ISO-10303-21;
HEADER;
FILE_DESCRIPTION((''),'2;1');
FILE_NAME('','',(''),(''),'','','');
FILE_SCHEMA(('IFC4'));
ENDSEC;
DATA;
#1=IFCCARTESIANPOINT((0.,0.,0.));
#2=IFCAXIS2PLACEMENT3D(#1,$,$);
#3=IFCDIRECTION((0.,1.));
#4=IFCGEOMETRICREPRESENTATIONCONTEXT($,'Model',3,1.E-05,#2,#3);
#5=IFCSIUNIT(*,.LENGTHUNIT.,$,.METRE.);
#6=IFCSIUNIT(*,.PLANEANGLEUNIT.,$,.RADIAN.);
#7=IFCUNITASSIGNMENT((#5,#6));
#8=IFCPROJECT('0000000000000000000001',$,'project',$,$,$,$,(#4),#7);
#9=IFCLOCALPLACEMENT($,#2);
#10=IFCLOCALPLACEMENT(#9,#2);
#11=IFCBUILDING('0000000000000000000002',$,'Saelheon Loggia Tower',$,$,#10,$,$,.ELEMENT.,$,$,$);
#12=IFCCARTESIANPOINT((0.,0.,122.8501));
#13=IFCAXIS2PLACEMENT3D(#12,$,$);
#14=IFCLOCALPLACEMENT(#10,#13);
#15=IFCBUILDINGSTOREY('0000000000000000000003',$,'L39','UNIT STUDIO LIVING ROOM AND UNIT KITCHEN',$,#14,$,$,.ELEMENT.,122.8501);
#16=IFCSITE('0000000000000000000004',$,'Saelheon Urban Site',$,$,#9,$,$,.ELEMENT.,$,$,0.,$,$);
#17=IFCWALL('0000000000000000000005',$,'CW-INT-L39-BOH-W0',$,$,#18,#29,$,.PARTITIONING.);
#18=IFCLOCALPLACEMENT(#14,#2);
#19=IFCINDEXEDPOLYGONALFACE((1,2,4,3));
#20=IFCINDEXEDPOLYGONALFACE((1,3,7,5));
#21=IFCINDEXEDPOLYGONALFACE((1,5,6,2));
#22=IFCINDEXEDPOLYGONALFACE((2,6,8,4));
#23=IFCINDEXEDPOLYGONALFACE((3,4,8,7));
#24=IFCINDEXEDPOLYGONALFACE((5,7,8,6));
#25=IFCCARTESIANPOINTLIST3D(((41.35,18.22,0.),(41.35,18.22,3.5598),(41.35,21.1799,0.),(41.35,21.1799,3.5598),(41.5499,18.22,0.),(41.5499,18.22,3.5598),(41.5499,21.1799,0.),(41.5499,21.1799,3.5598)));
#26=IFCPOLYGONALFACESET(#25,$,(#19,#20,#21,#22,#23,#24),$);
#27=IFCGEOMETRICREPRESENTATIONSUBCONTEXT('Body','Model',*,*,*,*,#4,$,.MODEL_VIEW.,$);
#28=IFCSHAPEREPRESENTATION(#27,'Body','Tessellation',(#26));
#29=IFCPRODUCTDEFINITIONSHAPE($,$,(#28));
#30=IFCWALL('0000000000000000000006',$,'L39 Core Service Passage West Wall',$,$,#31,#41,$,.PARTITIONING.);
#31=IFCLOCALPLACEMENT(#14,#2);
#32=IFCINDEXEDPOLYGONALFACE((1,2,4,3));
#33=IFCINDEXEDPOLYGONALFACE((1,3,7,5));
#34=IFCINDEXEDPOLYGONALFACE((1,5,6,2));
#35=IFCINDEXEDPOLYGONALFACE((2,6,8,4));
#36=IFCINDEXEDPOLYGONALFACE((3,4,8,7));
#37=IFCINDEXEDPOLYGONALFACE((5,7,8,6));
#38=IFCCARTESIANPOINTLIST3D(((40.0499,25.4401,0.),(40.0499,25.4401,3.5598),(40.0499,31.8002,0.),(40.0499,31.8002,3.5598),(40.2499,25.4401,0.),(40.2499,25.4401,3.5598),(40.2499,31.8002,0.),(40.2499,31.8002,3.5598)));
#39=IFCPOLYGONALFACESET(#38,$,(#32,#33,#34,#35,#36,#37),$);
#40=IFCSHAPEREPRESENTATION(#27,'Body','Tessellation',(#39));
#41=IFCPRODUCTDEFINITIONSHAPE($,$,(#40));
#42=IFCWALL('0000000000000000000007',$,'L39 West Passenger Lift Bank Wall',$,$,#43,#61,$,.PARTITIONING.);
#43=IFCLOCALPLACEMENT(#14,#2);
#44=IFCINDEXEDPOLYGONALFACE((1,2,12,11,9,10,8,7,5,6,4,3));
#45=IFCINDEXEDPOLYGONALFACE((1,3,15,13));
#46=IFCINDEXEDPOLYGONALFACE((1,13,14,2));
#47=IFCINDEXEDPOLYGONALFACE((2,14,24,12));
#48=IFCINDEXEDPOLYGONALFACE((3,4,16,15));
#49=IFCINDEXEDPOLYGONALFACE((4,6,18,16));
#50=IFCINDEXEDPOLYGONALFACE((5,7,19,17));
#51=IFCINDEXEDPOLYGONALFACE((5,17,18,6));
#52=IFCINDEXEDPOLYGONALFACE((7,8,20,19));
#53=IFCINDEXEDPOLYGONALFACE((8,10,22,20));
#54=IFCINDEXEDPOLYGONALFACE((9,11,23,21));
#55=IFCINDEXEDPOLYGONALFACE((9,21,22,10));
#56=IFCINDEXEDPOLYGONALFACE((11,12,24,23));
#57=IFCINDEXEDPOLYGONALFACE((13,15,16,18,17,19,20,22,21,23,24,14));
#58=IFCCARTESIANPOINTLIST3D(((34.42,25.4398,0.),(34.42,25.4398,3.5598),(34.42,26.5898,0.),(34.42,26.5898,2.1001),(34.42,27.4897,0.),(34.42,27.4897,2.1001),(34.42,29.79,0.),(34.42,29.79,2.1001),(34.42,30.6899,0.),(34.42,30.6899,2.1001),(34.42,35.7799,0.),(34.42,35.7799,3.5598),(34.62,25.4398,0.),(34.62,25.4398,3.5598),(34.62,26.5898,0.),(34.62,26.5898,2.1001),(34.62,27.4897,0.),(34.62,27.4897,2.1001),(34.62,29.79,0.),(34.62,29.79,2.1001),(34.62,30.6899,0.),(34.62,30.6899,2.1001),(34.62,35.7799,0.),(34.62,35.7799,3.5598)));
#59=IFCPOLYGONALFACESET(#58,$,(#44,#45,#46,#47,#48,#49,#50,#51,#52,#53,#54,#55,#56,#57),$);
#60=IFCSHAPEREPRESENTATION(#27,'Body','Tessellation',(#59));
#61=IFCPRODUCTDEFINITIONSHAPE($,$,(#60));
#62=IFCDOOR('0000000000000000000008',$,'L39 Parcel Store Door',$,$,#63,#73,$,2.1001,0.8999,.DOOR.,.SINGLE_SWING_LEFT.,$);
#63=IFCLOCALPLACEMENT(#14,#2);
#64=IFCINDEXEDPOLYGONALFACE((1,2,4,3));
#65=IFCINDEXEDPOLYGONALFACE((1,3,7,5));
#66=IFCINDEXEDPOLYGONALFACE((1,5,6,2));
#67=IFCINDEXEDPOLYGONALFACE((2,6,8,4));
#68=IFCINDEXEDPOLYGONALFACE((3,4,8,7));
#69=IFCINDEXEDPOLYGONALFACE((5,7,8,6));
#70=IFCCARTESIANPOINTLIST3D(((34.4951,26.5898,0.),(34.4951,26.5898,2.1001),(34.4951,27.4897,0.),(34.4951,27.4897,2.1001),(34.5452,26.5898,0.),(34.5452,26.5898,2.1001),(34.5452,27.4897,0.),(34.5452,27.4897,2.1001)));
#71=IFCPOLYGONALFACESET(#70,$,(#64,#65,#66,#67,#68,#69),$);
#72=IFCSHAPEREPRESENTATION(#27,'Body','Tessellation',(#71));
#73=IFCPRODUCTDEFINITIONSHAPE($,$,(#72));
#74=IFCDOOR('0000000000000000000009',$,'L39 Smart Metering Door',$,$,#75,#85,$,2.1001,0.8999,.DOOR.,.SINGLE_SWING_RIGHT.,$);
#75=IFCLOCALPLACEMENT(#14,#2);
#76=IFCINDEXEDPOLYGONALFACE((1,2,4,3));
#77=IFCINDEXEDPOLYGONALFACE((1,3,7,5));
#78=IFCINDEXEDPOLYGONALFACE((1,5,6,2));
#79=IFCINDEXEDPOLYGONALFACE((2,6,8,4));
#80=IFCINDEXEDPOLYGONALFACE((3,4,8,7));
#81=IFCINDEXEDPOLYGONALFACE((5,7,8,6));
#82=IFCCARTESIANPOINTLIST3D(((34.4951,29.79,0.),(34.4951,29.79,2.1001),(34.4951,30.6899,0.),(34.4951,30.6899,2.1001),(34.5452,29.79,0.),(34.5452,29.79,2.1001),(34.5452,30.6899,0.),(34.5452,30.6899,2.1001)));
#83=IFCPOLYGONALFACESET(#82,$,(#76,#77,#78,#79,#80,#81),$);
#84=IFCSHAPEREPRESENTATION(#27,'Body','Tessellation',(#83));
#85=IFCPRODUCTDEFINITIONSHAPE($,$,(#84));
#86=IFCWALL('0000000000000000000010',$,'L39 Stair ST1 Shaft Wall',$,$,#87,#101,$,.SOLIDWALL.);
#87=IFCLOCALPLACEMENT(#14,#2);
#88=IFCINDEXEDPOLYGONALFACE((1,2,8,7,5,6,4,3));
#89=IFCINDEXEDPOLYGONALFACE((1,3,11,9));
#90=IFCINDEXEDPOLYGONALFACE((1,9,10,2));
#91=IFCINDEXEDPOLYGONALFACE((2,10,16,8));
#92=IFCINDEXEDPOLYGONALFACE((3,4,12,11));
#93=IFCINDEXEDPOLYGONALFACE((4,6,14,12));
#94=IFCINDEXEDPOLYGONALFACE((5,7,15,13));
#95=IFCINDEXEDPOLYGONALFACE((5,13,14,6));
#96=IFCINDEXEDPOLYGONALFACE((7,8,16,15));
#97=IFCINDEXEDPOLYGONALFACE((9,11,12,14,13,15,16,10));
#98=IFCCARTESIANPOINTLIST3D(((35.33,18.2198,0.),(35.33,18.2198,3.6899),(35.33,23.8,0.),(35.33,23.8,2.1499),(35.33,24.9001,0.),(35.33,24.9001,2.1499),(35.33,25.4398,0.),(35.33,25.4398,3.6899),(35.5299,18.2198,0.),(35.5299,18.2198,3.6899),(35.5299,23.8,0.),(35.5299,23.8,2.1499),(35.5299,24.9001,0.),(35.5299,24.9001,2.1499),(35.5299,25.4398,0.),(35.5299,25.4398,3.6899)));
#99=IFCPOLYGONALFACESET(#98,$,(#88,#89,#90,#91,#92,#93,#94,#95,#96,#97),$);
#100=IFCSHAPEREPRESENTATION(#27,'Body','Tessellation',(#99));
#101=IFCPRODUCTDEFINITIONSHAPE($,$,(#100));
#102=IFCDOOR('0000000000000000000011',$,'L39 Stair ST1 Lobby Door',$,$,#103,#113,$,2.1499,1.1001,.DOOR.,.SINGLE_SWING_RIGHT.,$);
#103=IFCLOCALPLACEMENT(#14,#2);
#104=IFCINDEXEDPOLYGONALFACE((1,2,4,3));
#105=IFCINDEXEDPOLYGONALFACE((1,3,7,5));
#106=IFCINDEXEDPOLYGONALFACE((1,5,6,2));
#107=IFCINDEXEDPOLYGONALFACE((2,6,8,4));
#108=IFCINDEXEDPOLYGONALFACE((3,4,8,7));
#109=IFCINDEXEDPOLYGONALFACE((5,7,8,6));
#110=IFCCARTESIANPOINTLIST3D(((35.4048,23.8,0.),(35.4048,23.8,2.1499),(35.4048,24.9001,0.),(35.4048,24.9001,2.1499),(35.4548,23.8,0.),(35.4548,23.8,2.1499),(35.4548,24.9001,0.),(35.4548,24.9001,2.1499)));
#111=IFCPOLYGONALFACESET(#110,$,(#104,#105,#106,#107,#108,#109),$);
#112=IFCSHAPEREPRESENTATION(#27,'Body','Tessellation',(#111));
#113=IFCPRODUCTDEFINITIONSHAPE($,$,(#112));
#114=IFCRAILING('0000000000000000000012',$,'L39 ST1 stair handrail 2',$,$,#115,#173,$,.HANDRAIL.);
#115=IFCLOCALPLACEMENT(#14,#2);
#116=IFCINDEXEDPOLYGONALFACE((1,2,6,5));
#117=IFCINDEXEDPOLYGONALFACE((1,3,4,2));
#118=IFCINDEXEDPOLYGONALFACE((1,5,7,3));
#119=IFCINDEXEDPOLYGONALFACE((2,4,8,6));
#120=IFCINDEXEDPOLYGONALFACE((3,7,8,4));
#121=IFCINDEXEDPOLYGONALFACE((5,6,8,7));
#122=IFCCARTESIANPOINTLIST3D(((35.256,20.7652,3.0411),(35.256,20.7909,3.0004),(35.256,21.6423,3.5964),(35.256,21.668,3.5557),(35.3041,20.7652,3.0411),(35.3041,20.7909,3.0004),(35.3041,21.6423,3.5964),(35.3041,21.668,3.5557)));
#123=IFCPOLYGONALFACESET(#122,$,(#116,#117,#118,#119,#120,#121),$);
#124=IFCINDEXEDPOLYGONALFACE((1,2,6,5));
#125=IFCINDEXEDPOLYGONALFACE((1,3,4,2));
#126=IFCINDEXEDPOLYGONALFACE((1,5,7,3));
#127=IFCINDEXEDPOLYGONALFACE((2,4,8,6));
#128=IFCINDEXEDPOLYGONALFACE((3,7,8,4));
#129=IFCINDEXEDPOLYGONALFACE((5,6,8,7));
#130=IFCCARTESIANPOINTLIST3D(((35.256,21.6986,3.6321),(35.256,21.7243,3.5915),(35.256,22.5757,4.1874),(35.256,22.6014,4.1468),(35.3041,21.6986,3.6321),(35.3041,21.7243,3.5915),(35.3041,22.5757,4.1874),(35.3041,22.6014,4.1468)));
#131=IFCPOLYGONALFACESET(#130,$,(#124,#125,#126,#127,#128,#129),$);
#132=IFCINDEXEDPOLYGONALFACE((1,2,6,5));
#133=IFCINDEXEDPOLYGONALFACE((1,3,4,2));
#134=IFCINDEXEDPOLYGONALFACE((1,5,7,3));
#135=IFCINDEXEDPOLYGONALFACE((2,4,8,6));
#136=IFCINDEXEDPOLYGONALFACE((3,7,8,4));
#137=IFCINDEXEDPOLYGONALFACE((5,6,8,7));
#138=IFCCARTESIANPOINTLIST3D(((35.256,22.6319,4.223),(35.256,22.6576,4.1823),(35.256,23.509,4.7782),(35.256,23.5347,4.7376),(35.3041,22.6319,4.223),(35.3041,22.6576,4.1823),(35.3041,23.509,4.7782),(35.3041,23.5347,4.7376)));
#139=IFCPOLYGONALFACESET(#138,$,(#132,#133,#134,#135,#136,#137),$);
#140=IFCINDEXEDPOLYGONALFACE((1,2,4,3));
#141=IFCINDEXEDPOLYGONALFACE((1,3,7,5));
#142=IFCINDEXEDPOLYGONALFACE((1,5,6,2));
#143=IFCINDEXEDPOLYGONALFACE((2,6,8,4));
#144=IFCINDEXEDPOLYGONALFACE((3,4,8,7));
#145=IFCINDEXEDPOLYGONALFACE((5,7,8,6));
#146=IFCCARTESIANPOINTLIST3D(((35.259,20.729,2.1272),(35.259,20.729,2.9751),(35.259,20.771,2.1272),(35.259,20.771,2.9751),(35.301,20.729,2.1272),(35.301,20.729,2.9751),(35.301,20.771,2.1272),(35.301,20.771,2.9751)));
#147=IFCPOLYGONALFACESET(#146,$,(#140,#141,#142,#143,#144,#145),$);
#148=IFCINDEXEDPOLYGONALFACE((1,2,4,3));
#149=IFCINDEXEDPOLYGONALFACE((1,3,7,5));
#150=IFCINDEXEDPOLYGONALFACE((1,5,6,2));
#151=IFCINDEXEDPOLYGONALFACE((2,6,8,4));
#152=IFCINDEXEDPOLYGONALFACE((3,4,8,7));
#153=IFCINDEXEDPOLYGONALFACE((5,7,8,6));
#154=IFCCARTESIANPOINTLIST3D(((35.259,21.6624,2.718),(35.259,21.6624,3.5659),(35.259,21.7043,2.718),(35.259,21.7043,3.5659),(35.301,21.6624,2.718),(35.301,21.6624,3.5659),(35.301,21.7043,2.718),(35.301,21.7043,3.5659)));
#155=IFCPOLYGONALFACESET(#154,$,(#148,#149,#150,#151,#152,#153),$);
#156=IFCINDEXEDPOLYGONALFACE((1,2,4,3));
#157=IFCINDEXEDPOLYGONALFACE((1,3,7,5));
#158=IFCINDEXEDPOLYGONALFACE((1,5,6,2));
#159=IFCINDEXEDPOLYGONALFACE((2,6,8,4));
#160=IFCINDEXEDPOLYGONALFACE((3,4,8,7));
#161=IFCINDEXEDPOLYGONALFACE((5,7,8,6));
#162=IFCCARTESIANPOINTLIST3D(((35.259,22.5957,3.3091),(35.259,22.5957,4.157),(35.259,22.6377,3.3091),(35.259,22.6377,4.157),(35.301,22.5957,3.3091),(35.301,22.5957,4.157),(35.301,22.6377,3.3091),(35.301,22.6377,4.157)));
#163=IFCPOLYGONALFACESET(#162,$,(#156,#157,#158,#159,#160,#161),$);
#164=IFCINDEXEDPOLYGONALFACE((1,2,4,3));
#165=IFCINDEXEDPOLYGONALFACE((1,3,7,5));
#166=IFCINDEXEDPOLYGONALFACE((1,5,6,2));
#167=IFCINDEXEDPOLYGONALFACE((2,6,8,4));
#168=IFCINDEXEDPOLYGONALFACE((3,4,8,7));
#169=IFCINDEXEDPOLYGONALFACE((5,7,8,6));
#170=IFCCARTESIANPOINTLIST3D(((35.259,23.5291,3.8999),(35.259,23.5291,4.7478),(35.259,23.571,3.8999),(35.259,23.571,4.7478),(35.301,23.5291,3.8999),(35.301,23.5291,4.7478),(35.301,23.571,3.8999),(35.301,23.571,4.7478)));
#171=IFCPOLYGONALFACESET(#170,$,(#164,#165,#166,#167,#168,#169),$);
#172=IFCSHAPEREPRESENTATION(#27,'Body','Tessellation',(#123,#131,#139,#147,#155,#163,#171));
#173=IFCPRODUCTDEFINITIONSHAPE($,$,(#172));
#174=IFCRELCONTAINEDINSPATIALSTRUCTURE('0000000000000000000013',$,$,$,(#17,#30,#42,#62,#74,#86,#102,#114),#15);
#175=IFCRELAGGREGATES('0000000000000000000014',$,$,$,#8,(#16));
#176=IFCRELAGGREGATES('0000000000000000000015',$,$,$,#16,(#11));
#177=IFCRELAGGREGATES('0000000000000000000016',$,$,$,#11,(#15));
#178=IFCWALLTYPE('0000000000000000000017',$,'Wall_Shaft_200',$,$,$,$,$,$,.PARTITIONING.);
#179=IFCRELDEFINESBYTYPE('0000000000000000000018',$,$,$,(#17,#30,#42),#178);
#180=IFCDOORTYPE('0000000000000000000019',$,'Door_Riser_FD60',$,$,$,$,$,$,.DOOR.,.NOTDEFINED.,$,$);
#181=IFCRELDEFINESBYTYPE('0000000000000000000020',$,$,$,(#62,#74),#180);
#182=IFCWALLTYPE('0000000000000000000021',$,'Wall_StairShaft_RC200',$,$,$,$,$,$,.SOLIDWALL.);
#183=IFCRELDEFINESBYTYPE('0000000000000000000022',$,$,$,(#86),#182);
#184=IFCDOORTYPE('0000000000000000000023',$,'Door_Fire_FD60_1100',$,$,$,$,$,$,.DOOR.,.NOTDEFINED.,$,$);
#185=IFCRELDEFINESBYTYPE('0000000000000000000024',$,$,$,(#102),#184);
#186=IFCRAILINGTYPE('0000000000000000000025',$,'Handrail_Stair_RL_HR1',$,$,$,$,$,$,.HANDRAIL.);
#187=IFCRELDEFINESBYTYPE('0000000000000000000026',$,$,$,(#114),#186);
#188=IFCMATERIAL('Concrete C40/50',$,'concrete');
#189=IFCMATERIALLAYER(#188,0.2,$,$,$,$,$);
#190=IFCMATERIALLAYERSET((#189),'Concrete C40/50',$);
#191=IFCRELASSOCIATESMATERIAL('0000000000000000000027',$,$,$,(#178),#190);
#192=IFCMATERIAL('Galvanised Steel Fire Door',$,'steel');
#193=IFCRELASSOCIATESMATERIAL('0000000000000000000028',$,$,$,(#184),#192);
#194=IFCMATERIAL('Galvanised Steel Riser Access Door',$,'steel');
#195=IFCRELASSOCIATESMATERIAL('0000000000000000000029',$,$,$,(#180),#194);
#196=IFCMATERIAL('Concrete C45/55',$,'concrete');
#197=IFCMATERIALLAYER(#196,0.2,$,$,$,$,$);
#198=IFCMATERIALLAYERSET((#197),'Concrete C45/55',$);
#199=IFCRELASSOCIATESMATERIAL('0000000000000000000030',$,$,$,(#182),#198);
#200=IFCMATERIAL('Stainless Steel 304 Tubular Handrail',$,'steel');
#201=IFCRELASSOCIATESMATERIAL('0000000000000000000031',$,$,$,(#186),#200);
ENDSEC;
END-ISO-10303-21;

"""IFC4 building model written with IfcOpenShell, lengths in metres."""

from ifc_helpers import new_model, si_unit, direction, frame, frame_2d, origin, origin_2d, place, context, subcontext, project, spatial, rectangle, extrude, source, transform, mapped, material, layer, layer_set, type_object, element, fill, save


model = new_model("IFC4")

# Units and contexts
model_context = context("Model", 3, precision=1e-05, world=origin(), true_north=direction((0.0, 1.0)))
body_context = subcontext(model_context, "Body", "Model", "MODEL_VIEW")
ifc_project = project(units=[si_unit("LENGTHUNIT", "METRE"), si_unit("PLANEANGLEUNIT", "RADIAN")], contexts=[model_context])

# Site, building, storey
site_placement = place(None, origin())
site = spatial("IfcSite", under=ifc_project, at=site_placement, Name="Saelheon Urban Site", CompositionType="ELEMENT", RefElevation=0.0)
building_placement = place(site_placement, origin())
building = spatial("IfcBuilding", under=site, at=building_placement, Name="Saelheon Loggia Tower", CompositionType="ELEMENT")
storey_placement = place(building_placement, frame((0.0, 0.0, 122.8501)))
storey = spatial("IfcBuildingStorey", under=building, at=storey_placement, Name="L39", Description="UNIT STUDIO LIVING ROOM AND UNIT KITCHEN", CompositionType="ELEMENT", Elevation=122.8501)

# Walls
ifc_material_1 = material(Name="Concrete C40/50", Category="concrete")
ifc_layer_1 = layer(ifc_material_1, 0.2)
ifc_layer_set_1 = layer_set([ifc_layer_1], Name="Concrete C40/50")
wall_type_1 = type_object("IfcWallType", Name="Wall_Shaft_200", PredefinedType="PARTITIONING", material=ifc_layer_set_1)
wall_1_placement = place(storey_placement, frame((41.45, 18.22, 0.0), z_axis=(0.0, 0.0, 1.0), x_axis=(0.0, 1.0, 0.0)))
element("IfcWall", 1, at=wall_1_placement, inside=storey, type_object=wall_type_1, Name="CW-INT-L39-BOH-W0", PredefinedType="PARTITIONING", context=body_context, shape_type="SweptSolid", body=[
    extrude(rectangle(XDim=2.96, YDim=0.2, at=frame_2d((1.48, 0.0))), origin(), (0.0, 0.0, 1.0), 3.5598),
])
wall_2_placement = place(storey_placement, frame((40.1499, 25.4399, 0.0), z_axis=(0.0, 0.0, 1.0), x_axis=(0.0, 1.0, 0.0)))
element("IfcWall", 2, at=wall_2_placement, inside=storey, type_object=wall_type_1, Name="L39 Core Service Passage West Wall", PredefinedType="PARTITIONING", context=body_context, shape_type="SweptSolid", body=[
    extrude(rectangle(XDim=6.3601, YDim=0.2, at=frame_2d((3.1802, 0.0))), origin(), (0.0, 0.0, 1.0), 3.5598),
])

# Shared definitions
shared_shape_1 = source(origin(), body_context, "Body", "SweptSolid", [
    extrude(rectangle(XDim=1.1001, YDim=2.1499, at=frame_2d((0.55, 1.075))), frame((0.0, 0.0249, 0.0), z_axis=(0.0, -1.0, 0.0), x_axis=(1.0, 0.0, 0.0)), (0.0, 0.0, 1.0), 0.05),
])

# Shared definitions
ifc_material_2 = material(Name="Galvanised Steel Fire Door", Category="steel")
door_type_1 = type_object("IfcDoorType", Name="Door_Fire_FD60_1100", OperationType="NOTDEFINED", PredefinedType="DOOR", material=ifc_material_2)

# Wall, openings, doors
wall_3_placement = place(storey_placement, frame((34.52, 25.4399, 0.0), z_axis=(0.0, 0.0, 1.0), x_axis=(0.0, 1.0, 0.0)))
wall_3 = element("IfcWall", 3, at=wall_3_placement, inside=storey, type_object=wall_type_1, Name="L39 West Passenger Lift Bank Wall", PredefinedType="PARTITIONING", context=body_context, shape_type="SweptSolid", body=[
    extrude(rectangle(XDim=10.3401, YDim=0.2, at=frame_2d((5.1699, 0.0))), origin(), (0.0, 0.0, 1.0), 3.5598),
])
opening_1_placement = place(wall_3_placement, frame((1.1499, 0.0, 0.0)))
opening_1 = element("IfcOpeningElement", 4, at=opening_1_placement, cuts=wall_3, PredefinedType="OPENING", context=body_context, shape_type="SweptSolid", body=[
    extrude(rectangle(XDim=0.8999, YDim=2.1001, at=frame_2d((0.45, 1.05))), frame((0.0, 0.1121, 0.0), z_axis=(0.0, -1.0, 0.0), x_axis=(1.0, 0.0, 0.0)), (0.0, 0.0, 1.0), 0.2239),
])
opening_2_placement = place(wall_3_placement, frame((4.3501, 0.0, 0.0)))
opening_2 = element("IfcOpeningElement", 5, at=opening_2_placement, cuts=wall_3, PredefinedType="OPENING", context=body_context, shape_type="SweptSolid", body=[
    extrude(rectangle(XDim=0.8999, YDim=2.1001, at=frame_2d((0.45, 1.05))), frame((0.0, 0.1121, 0.0), z_axis=(0.0, -1.0, 0.0), x_axis=(1.0, 0.0, 0.0)), (0.0, 0.0, 1.0), 0.2239),
])
ifc_material_3 = material(Name="Galvanised Steel Riser Access Door", Category="steel")
door_type_2 = type_object("IfcDoorType", Name="Door_Riser_FD60", OperationType="NOTDEFINED", PredefinedType="DOOR", material=ifc_material_3)
shared_shape_2 = source(origin(), body_context, "Body", "SweptSolid", [
    extrude(rectangle(XDim=0.8999, YDim=2.1001, at=frame_2d((0.45, 1.05))), frame((0.0, 0.0249, 0.0), z_axis=(0.0, -1.0, 0.0), x_axis=(1.0, 0.0, 0.0)), (0.0, 0.0, 1.0), 0.05),
])
door_1_placement = place(opening_1_placement, origin())
door_1 = element("IfcDoor", 6, at=door_1_placement, inside=storey, type_object=door_type_2, Name="L39 Parcel Store Door", OperationType="SINGLE_SWING_LEFT", OverallHeight=2.1001, OverallWidth=0.8999, PredefinedType="DOOR", context=body_context, shape_type="MappedRepresentation", body=[
    mapped(shared_shape_2, transform((0.0, 0.0, 0.0), scale=1.0)),
])
fill(opening_1, door_1)
door_2_placement = place(opening_2_placement, origin())
door_2 = element("IfcDoor", 7, at=door_2_placement, inside=storey, type_object=door_type_2, Name="L39 Smart Metering Door", OperationType="SINGLE_SWING_RIGHT", OverallHeight=2.1001, OverallWidth=0.8999, PredefinedType="DOOR", context=body_context, shape_type="MappedRepresentation", body=[
    mapped(shared_shape_2, transform((0.0, 0.0, 0.0), scale=1.0)),
])
fill(opening_2, door_2)

# Wall, opening, door
ifc_material_4 = material(Name="Concrete C45/55", Category="concrete")
ifc_layer_2 = layer(ifc_material_4, 0.2)
ifc_layer_set_2 = layer_set([ifc_layer_2], Name="Concrete C45/55")
wall_type_2 = type_object("IfcWallType", Name="Wall_StairShaft_RC200", PredefinedType="SOLIDWALL", material=ifc_layer_set_2)
wall_4_placement = place(storey_placement, frame((35.4299, 18.22, 0.0), z_axis=(0.0, 0.0, 1.0), x_axis=(0.0, 1.0, 0.0)))
wall_4 = element("IfcWall", 8, at=wall_4_placement, inside=storey, type_object=wall_type_2, Name="L39 Stair ST1 Shaft Wall", PredefinedType="SOLIDWALL", context=body_context, shape_type="SweptSolid", body=[
    extrude(rectangle(XDim=7.22, YDim=0.2, at=frame_2d((3.6099, 0.0))), origin(), (0.0, 0.0, 1.0), 3.6899),
])
opening_3_placement = place(wall_4_placement, frame((6.6802, 0.0, 0.0), z_axis=(0.0, 0.0, 1.0), x_axis=(-1.0, 0.0, 0.0)))
opening_3 = element("IfcOpeningElement", 9, at=opening_3_placement, cuts=wall_4, PredefinedType="OPENING", context=body_context, shape_type="SweptSolid", body=[
    extrude(rectangle(XDim=1.1001, YDim=2.1499, at=frame_2d((0.55, 1.075))), frame((0.0, 0.1121, 0.0), z_axis=(0.0, -1.0, 0.0), x_axis=(1.0, 0.0, 0.0)), (0.0, 0.0, 1.0), 0.2239),
])
door_3_placement = place(opening_3_placement, origin())
door_3 = element("IfcDoor", 10, at=door_3_placement, inside=storey, type_object=door_type_1, Name="L39 Stair ST1 Lobby Door", OperationType="SINGLE_SWING_RIGHT", OverallHeight=2.1499, OverallWidth=1.1001, PredefinedType="DOOR", context=body_context, shape_type="MappedRepresentation", body=[
    mapped(shared_shape_1, transform((0.0, 0.0, 0.0), scale=1.0)),
])
fill(opening_3, door_3)

# Railing
ifc_material_5 = material(Name="Stainless Steel 304 Tubular Handrail", Category="steel")
railing_type = type_object("IfcRailingType", Name="Handrail_Stair_RL_HR1", PredefinedType="HANDRAIL", material=ifc_material_5)
railing_placement = place(storey_placement, frame((35.28, 20.75, 2.1272)))
element("IfcRailing", 11, at=railing_placement, inside=storey, type_object=railing_type, Name="L39 ST1 stair handrail 2", PredefinedType="HANDRAIL", context=body_context, shape_type="SweptSolid", body=[
    extrude(rectangle(XDim=0.0481, YDim=0.0481, at=origin_2d()), frame((0.0, 0.0281, 0.8936), z_axis=(0.0, 0.844909, 0.53491), x_axis=(-1.0, 0.0, 0.0)), (0.0, 0.0, 1.0), 1.0381),
    extrude(rectangle(XDim=0.0481, YDim=0.0481, at=origin_2d()), frame((0.0, 0.9614, 1.4846), z_axis=(0.0, 0.844909, 0.53491), x_axis=(-1.0, 0.0, 0.0)), (0.0, 0.0, 1.0), 1.0381),
    extrude(rectangle(XDim=0.0481, YDim=0.0481, at=origin_2d()), frame((0.0, 1.8948, 2.0754), z_axis=(0.0, 0.844909, 0.53491), x_axis=(-1.0, 0.0, 0.0)), (0.0, 0.0, 1.0), 1.0381),
    extrude(rectangle(XDim=0.042, YDim=0.042, at=origin_2d()), origin(), (0.0, 0.0, 1.0), 0.8479),
    extrude(rectangle(XDim=0.042, YDim=0.042, at=origin_2d()), frame((0.0, 0.9333, 0.5908)), (0.0, 0.0, 1.0), 0.8479),
    extrude(rectangle(XDim=0.042, YDim=0.042, at=origin_2d()), frame((0.0, 1.8667, 1.1819)), (0.0, 0.0, 1.0), 0.8479),
    extrude(rectangle(XDim=0.042, YDim=0.042, at=origin_2d()), frame((0.0, 2.8, 1.7727)), (0.0, 0.0, 1.0), 0.8479),
])

save(model, "model.ifc")
